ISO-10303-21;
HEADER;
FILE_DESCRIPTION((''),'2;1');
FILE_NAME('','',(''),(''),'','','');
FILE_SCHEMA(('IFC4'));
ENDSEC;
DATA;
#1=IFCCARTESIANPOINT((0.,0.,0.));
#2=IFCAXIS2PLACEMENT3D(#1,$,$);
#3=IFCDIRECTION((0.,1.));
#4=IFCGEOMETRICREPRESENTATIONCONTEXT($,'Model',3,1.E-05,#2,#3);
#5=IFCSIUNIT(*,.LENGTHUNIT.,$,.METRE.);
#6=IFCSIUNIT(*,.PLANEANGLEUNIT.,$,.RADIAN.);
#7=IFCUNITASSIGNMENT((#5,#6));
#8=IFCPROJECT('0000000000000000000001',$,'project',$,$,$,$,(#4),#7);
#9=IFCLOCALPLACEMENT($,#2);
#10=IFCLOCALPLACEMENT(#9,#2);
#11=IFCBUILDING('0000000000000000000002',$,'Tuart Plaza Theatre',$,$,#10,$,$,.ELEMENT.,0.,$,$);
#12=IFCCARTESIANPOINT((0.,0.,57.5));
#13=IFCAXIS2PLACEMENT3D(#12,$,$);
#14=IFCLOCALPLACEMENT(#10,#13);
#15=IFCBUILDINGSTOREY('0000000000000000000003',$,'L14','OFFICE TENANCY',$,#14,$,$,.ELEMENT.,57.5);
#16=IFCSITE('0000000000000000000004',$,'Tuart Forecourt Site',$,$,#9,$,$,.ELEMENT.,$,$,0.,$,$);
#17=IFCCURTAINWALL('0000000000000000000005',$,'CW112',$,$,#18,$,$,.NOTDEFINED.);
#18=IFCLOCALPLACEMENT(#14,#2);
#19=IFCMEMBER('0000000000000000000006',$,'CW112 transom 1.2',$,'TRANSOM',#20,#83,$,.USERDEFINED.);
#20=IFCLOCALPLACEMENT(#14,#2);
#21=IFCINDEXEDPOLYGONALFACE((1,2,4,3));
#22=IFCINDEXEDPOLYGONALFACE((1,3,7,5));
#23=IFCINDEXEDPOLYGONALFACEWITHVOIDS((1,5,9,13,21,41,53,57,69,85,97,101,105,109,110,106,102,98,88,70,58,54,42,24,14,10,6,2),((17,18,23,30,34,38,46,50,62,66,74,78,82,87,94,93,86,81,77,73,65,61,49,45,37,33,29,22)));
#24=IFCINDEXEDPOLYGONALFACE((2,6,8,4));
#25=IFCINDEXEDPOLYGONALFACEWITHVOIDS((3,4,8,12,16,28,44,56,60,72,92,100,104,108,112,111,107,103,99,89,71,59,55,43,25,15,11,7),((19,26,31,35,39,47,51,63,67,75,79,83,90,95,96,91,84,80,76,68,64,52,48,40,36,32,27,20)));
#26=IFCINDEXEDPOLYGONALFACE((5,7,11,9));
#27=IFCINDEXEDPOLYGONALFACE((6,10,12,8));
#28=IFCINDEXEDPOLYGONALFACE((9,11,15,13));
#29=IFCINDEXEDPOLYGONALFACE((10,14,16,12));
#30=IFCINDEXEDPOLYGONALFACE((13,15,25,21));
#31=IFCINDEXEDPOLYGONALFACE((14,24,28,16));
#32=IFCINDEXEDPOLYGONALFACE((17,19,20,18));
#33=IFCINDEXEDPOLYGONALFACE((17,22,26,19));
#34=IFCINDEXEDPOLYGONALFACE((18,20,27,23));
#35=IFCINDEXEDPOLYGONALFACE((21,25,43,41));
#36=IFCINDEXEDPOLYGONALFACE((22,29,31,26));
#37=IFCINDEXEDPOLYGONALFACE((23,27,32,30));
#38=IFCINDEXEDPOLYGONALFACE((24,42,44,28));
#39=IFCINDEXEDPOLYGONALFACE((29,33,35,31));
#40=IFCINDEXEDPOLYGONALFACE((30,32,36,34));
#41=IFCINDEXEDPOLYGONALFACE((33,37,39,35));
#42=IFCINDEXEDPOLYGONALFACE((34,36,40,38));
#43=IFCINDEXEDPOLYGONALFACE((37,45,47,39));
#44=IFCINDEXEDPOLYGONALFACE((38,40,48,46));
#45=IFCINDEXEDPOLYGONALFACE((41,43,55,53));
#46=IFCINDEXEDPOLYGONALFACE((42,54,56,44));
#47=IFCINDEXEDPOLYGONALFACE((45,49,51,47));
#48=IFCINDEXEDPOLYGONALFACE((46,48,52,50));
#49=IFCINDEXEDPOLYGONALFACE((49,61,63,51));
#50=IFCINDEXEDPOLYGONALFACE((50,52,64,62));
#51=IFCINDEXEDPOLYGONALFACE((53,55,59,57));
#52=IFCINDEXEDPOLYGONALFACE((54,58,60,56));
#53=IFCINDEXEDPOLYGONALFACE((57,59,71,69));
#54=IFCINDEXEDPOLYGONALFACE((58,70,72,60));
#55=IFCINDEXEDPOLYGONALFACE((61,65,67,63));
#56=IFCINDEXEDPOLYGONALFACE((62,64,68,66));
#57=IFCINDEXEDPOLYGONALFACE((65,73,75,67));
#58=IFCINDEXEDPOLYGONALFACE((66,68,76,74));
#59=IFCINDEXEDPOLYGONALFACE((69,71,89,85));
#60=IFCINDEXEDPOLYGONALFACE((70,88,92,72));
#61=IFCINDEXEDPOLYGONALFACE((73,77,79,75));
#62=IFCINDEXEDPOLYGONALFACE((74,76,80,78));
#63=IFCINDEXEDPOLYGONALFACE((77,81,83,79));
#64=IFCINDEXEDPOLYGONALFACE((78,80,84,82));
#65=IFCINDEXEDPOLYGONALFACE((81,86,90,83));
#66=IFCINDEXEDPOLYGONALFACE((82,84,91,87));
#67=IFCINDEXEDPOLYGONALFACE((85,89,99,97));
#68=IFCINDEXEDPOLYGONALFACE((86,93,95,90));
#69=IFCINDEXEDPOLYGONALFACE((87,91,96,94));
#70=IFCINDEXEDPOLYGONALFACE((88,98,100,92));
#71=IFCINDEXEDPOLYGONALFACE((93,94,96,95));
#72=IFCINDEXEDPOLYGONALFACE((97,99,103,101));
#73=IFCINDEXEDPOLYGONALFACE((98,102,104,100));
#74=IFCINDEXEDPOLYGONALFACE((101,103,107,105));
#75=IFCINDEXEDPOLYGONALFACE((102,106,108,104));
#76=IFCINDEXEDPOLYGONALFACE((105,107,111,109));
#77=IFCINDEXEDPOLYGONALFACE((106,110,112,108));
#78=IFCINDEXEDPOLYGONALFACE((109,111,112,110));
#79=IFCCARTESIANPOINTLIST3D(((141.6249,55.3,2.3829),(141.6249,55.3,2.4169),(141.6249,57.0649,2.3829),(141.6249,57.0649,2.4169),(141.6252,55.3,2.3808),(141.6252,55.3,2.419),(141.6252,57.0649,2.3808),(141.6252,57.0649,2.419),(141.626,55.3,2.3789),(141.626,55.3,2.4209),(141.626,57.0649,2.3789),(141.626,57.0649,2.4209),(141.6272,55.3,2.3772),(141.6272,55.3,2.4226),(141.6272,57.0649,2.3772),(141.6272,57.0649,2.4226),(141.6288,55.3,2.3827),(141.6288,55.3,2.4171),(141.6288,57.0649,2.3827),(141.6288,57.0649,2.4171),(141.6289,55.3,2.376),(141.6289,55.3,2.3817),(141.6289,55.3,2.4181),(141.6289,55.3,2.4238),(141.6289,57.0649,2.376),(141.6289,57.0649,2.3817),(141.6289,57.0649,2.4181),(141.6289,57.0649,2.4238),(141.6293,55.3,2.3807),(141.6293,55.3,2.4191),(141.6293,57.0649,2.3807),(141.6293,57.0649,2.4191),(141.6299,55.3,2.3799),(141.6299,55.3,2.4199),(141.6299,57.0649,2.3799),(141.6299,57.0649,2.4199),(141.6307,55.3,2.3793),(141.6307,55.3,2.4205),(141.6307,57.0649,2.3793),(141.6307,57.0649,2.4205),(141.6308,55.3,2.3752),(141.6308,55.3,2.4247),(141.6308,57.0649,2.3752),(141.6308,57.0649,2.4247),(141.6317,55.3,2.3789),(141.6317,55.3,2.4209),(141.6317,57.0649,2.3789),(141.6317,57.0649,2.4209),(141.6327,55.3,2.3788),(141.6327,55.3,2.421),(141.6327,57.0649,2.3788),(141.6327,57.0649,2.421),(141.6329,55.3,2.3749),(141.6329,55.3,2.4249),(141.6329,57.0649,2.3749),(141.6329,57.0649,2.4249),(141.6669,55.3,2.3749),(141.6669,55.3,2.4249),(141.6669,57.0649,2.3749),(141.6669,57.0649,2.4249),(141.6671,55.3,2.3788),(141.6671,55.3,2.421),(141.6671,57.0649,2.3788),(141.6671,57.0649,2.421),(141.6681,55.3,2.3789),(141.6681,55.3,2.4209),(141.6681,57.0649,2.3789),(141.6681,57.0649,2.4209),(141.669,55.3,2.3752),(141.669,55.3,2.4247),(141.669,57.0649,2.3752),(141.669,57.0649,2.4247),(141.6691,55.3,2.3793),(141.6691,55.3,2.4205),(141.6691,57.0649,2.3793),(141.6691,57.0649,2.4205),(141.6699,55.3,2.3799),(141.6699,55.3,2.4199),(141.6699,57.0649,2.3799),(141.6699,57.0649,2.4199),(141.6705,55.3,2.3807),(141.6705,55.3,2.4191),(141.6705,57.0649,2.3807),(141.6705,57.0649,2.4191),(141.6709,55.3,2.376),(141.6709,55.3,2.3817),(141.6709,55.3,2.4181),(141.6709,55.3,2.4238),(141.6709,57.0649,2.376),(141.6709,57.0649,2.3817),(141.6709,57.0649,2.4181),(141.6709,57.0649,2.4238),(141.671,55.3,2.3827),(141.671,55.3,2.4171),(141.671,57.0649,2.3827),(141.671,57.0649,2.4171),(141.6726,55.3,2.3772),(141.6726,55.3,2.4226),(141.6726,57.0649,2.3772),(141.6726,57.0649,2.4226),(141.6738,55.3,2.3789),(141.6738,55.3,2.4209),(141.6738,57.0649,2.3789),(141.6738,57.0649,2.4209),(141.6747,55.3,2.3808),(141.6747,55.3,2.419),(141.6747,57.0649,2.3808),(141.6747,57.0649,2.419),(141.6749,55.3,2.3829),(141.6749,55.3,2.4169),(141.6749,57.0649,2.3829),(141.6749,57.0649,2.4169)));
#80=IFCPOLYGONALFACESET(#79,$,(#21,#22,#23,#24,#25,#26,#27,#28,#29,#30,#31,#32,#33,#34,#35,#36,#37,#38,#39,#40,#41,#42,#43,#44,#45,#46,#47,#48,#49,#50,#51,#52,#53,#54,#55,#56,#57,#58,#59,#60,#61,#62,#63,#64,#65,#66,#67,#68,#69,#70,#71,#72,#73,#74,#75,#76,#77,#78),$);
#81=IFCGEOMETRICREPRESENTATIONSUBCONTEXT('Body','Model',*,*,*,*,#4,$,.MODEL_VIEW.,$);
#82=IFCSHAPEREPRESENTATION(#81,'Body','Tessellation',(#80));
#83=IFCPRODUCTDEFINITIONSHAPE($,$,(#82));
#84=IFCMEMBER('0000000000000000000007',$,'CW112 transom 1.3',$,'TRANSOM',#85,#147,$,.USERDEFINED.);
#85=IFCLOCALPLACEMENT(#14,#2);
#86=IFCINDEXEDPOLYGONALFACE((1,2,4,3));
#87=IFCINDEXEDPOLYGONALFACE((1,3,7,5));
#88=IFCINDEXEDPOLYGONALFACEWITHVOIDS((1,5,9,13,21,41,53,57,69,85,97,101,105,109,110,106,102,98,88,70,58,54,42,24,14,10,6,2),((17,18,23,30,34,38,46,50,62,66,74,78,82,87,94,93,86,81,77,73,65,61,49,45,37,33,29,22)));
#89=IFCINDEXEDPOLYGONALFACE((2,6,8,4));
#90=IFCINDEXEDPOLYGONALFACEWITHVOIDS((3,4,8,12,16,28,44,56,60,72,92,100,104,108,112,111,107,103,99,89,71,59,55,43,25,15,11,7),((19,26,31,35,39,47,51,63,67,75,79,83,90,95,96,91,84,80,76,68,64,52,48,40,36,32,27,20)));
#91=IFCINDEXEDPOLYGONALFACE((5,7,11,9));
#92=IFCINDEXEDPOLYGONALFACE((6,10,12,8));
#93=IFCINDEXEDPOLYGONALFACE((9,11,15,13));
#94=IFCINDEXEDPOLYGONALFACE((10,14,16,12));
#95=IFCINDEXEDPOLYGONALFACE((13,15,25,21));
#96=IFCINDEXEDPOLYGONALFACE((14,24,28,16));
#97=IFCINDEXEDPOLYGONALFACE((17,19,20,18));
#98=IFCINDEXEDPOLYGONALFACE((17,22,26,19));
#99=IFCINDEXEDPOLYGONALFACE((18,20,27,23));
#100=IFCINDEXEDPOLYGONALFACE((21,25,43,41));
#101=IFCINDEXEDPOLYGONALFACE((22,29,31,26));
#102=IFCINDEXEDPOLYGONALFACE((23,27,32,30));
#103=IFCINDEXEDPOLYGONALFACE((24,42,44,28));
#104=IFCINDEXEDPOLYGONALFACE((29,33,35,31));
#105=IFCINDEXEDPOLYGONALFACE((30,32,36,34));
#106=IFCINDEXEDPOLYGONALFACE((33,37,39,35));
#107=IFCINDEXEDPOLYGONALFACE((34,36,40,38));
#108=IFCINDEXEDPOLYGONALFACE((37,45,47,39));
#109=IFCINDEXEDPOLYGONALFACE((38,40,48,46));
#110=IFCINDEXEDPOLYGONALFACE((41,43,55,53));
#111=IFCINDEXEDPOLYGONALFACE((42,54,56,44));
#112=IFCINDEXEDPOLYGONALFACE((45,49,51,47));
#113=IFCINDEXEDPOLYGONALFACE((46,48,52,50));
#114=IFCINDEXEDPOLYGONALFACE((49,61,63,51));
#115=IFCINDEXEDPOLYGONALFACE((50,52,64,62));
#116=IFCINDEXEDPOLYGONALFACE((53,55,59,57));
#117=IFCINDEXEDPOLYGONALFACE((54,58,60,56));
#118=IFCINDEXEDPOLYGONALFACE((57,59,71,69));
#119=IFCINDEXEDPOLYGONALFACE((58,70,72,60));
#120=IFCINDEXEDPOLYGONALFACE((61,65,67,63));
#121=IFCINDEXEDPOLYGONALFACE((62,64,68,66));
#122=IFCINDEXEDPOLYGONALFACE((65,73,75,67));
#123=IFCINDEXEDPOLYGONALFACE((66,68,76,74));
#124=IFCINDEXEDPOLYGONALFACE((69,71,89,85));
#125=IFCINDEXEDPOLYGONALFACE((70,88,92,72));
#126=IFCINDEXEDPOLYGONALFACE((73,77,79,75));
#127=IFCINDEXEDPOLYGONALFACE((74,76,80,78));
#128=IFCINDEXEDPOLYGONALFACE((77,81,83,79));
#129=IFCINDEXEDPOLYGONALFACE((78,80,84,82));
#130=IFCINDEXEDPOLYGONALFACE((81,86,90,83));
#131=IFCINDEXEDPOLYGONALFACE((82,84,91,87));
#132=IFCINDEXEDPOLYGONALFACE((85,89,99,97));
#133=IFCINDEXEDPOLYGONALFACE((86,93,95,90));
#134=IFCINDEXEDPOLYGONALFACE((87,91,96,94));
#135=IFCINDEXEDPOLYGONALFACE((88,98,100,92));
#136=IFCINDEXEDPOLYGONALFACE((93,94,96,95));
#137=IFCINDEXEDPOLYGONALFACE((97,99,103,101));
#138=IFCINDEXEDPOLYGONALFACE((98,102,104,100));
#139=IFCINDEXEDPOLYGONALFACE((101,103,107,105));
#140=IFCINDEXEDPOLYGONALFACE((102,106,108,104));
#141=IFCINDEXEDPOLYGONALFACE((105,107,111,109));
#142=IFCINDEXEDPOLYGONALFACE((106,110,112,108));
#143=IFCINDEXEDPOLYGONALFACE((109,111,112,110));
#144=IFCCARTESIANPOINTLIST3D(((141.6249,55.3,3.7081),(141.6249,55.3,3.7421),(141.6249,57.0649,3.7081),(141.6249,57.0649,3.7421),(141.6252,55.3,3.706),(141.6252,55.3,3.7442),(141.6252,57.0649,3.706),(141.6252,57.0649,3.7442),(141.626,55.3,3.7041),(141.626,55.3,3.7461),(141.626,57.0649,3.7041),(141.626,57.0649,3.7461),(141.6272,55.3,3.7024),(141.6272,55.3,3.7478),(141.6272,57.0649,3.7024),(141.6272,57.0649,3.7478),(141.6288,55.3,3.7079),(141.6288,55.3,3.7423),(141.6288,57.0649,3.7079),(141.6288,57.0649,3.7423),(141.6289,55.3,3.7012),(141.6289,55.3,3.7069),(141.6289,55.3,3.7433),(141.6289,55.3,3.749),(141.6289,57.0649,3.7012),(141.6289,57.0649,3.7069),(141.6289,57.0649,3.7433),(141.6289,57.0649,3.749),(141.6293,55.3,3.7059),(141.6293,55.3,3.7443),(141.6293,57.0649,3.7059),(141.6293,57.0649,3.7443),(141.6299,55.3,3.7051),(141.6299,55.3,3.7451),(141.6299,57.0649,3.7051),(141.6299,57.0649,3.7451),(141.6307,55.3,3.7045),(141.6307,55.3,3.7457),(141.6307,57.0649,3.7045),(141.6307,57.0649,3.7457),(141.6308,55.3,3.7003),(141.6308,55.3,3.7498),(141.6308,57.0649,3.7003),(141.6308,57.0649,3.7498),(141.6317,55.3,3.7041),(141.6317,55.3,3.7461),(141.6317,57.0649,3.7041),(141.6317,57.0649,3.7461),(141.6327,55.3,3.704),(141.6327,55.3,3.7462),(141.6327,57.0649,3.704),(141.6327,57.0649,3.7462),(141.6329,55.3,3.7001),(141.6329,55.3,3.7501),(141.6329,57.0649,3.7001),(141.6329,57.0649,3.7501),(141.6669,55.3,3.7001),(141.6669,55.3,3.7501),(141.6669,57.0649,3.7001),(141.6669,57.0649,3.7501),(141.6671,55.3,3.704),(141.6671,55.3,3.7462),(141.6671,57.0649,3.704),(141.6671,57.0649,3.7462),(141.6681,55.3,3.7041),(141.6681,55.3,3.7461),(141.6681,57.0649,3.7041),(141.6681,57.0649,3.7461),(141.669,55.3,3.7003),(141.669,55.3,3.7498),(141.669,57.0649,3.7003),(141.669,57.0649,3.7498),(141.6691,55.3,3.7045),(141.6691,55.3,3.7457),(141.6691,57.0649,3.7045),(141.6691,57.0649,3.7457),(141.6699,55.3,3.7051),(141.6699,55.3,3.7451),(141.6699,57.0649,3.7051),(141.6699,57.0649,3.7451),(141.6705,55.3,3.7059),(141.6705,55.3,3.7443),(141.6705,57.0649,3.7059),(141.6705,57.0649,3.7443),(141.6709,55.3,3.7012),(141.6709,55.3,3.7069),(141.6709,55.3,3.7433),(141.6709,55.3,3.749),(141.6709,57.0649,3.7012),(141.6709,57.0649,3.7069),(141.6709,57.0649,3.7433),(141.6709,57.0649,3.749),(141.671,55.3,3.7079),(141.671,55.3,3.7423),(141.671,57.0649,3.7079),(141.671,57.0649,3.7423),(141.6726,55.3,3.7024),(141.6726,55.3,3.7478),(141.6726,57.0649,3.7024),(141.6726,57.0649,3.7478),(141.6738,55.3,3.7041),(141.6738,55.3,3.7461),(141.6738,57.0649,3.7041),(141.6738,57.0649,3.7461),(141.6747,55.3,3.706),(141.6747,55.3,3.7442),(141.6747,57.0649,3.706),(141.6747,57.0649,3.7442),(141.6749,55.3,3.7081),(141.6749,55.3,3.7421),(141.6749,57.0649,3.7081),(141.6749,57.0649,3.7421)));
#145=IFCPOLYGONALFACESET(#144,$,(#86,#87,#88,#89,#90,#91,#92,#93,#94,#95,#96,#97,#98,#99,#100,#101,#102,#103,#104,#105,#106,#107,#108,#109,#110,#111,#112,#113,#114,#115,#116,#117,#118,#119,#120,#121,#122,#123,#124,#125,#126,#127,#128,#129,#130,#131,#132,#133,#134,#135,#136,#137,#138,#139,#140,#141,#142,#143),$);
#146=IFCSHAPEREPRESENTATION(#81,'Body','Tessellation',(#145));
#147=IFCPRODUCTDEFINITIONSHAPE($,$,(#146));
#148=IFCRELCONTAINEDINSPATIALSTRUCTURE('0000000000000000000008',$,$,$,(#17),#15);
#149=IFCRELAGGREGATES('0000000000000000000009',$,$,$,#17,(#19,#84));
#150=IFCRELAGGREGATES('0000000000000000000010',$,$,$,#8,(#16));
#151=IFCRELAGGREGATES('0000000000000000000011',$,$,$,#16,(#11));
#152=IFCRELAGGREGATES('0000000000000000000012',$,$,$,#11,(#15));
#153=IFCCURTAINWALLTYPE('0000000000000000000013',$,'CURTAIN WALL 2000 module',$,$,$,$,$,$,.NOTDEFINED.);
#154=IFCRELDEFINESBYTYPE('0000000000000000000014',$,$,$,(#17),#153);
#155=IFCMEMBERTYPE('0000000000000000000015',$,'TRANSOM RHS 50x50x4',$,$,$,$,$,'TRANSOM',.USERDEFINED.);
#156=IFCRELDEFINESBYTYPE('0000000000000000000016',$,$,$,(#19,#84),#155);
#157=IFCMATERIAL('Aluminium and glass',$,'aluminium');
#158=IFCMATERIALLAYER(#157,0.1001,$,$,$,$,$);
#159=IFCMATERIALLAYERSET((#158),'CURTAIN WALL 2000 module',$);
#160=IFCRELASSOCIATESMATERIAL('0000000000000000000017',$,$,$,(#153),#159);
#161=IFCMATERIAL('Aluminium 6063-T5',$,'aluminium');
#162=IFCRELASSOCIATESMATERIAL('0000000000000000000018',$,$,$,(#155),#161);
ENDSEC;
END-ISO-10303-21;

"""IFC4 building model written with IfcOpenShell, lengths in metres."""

from ifc_helpers import new_model, si_unit, direction, frame, origin, origin_2d, place, context, subcontext, project, spatial, hollow_rectangle, extrude, material, layer, layer_set, material_profile, profile_set, type_object, element, aggregate, save


model = new_model("IFC4")

# Units and contexts
model_context = context("Model", 3, precision=1e-05, world=origin(), true_north=direction((0.0, 1.0)))
body_context = subcontext(model_context, "Body", "Model", "MODEL_VIEW")
ifc_project = project(units=[si_unit("LENGTHUNIT", "METRE"), si_unit("PLANEANGLEUNIT", "RADIAN")], contexts=[model_context])

# Site, building, storey
site_placement = place(None, origin())
site = spatial("IfcSite", under=ifc_project, at=site_placement, Name="Tuart Forecourt Site", CompositionType="ELEMENT", RefElevation=0.0)
building_placement = place(site_placement, origin())
building = spatial("IfcBuilding", under=site, at=building_placement, Name="Tuart Plaza Theatre", CompositionType="ELEMENT", ElevationOfRefHeight=0.0)
storey_placement = place(building_placement, frame((0.0, 0.0, 57.5)))
storey = spatial("IfcBuildingStorey", under=building, at=storey_placement, Name="L14", Description="OFFICE TENANCY", CompositionType="ELEMENT", Elevation=57.5)

# Curtain wall
ifc_material_1 = material(Name="Aluminium and glass", Category="aluminium")
ifc_layer_1 = layer(ifc_material_1, 0.1001)
ifc_layer_set_1 = layer_set([ifc_layer_1], Name="CURTAIN WALL 2000 module")
curtain_wall_type = type_object("IfcCurtainWallType", Name="CURTAIN WALL 2000 module", PredefinedType="NOTDEFINED", material=ifc_layer_set_1)
curtain_wall_1_placement = place(storey_placement, origin())
curtain_wall_1 = element("IfcCurtainWall", 1, at=curtain_wall_1_placement, inside=storey, type_object=curtain_wall_type, Name="CW112", PredefinedType="NOTDEFINED")

# Members
ifc_material_2 = material(Name="Aluminium 6063-T5", Category="aluminium")
ifc_material_profile_1 = material_profile(ifc_material_2, hollow_rectangle(XDim=0.05, YDim=0.05, WallThickness=0.0039, InnerFilletRadius=0.0039, OuterFilletRadius=0.0081, at=origin_2d()), Name="RHS 50x50x4")
ifc_profile_set_1 = profile_set([ifc_material_profile_1], Name="Aluminium 6063-T5")
member_type_1 = type_object("IfcMemberType", Name="TRANSOM RHS 50x50x4", ElementType="TRANSOM", PredefinedType="USERDEFINED", material=ifc_profile_set_1)
member_1_placement = place(storey_placement, frame((141.6499, 55.3, 2.3999), z_axis=(0.0, 1.0, 0.0), x_axis=(-1.0, 0.0, 0.0)))
member_1 = element("IfcMember", 2, at=member_1_placement, type_object=member_type_1, Name="CW112 transom 1.2", ObjectType="TRANSOM", PredefinedType="USERDEFINED", context=body_context, shape_type="SweptSolid", body=[
    extrude(hollow_rectangle(XDim=0.05, YDim=0.05, WallThickness=0.0039, InnerFilletRadius=0.0039, OuterFilletRadius=0.0081, at=origin_2d()), origin(), (0.0, 0.0, 1.0), 1.7649),
])
member_2_placement = place(storey_placement, frame((141.6499, 55.3, 3.7251), z_axis=(0.0, 1.0, 0.0), x_axis=(-1.0, 0.0, 0.0)))
member_2 = element("IfcMember", 3, at=member_2_placement, type_object=member_type_1, Name="CW112 transom 1.3", ObjectType="TRANSOM", PredefinedType="USERDEFINED", context=body_context, shape_type="SweptSolid", body=[
    extrude(hollow_rectangle(XDim=0.05, YDim=0.05, WallThickness=0.0039, InnerFilletRadius=0.0039, OuterFilletRadius=0.0081, at=origin_2d()), origin(), (0.0, 0.0, 1.0), 1.7649),
])

aggregate(curtain_wall_1, [member_1, member_2])

save(model, "model.ifc")
